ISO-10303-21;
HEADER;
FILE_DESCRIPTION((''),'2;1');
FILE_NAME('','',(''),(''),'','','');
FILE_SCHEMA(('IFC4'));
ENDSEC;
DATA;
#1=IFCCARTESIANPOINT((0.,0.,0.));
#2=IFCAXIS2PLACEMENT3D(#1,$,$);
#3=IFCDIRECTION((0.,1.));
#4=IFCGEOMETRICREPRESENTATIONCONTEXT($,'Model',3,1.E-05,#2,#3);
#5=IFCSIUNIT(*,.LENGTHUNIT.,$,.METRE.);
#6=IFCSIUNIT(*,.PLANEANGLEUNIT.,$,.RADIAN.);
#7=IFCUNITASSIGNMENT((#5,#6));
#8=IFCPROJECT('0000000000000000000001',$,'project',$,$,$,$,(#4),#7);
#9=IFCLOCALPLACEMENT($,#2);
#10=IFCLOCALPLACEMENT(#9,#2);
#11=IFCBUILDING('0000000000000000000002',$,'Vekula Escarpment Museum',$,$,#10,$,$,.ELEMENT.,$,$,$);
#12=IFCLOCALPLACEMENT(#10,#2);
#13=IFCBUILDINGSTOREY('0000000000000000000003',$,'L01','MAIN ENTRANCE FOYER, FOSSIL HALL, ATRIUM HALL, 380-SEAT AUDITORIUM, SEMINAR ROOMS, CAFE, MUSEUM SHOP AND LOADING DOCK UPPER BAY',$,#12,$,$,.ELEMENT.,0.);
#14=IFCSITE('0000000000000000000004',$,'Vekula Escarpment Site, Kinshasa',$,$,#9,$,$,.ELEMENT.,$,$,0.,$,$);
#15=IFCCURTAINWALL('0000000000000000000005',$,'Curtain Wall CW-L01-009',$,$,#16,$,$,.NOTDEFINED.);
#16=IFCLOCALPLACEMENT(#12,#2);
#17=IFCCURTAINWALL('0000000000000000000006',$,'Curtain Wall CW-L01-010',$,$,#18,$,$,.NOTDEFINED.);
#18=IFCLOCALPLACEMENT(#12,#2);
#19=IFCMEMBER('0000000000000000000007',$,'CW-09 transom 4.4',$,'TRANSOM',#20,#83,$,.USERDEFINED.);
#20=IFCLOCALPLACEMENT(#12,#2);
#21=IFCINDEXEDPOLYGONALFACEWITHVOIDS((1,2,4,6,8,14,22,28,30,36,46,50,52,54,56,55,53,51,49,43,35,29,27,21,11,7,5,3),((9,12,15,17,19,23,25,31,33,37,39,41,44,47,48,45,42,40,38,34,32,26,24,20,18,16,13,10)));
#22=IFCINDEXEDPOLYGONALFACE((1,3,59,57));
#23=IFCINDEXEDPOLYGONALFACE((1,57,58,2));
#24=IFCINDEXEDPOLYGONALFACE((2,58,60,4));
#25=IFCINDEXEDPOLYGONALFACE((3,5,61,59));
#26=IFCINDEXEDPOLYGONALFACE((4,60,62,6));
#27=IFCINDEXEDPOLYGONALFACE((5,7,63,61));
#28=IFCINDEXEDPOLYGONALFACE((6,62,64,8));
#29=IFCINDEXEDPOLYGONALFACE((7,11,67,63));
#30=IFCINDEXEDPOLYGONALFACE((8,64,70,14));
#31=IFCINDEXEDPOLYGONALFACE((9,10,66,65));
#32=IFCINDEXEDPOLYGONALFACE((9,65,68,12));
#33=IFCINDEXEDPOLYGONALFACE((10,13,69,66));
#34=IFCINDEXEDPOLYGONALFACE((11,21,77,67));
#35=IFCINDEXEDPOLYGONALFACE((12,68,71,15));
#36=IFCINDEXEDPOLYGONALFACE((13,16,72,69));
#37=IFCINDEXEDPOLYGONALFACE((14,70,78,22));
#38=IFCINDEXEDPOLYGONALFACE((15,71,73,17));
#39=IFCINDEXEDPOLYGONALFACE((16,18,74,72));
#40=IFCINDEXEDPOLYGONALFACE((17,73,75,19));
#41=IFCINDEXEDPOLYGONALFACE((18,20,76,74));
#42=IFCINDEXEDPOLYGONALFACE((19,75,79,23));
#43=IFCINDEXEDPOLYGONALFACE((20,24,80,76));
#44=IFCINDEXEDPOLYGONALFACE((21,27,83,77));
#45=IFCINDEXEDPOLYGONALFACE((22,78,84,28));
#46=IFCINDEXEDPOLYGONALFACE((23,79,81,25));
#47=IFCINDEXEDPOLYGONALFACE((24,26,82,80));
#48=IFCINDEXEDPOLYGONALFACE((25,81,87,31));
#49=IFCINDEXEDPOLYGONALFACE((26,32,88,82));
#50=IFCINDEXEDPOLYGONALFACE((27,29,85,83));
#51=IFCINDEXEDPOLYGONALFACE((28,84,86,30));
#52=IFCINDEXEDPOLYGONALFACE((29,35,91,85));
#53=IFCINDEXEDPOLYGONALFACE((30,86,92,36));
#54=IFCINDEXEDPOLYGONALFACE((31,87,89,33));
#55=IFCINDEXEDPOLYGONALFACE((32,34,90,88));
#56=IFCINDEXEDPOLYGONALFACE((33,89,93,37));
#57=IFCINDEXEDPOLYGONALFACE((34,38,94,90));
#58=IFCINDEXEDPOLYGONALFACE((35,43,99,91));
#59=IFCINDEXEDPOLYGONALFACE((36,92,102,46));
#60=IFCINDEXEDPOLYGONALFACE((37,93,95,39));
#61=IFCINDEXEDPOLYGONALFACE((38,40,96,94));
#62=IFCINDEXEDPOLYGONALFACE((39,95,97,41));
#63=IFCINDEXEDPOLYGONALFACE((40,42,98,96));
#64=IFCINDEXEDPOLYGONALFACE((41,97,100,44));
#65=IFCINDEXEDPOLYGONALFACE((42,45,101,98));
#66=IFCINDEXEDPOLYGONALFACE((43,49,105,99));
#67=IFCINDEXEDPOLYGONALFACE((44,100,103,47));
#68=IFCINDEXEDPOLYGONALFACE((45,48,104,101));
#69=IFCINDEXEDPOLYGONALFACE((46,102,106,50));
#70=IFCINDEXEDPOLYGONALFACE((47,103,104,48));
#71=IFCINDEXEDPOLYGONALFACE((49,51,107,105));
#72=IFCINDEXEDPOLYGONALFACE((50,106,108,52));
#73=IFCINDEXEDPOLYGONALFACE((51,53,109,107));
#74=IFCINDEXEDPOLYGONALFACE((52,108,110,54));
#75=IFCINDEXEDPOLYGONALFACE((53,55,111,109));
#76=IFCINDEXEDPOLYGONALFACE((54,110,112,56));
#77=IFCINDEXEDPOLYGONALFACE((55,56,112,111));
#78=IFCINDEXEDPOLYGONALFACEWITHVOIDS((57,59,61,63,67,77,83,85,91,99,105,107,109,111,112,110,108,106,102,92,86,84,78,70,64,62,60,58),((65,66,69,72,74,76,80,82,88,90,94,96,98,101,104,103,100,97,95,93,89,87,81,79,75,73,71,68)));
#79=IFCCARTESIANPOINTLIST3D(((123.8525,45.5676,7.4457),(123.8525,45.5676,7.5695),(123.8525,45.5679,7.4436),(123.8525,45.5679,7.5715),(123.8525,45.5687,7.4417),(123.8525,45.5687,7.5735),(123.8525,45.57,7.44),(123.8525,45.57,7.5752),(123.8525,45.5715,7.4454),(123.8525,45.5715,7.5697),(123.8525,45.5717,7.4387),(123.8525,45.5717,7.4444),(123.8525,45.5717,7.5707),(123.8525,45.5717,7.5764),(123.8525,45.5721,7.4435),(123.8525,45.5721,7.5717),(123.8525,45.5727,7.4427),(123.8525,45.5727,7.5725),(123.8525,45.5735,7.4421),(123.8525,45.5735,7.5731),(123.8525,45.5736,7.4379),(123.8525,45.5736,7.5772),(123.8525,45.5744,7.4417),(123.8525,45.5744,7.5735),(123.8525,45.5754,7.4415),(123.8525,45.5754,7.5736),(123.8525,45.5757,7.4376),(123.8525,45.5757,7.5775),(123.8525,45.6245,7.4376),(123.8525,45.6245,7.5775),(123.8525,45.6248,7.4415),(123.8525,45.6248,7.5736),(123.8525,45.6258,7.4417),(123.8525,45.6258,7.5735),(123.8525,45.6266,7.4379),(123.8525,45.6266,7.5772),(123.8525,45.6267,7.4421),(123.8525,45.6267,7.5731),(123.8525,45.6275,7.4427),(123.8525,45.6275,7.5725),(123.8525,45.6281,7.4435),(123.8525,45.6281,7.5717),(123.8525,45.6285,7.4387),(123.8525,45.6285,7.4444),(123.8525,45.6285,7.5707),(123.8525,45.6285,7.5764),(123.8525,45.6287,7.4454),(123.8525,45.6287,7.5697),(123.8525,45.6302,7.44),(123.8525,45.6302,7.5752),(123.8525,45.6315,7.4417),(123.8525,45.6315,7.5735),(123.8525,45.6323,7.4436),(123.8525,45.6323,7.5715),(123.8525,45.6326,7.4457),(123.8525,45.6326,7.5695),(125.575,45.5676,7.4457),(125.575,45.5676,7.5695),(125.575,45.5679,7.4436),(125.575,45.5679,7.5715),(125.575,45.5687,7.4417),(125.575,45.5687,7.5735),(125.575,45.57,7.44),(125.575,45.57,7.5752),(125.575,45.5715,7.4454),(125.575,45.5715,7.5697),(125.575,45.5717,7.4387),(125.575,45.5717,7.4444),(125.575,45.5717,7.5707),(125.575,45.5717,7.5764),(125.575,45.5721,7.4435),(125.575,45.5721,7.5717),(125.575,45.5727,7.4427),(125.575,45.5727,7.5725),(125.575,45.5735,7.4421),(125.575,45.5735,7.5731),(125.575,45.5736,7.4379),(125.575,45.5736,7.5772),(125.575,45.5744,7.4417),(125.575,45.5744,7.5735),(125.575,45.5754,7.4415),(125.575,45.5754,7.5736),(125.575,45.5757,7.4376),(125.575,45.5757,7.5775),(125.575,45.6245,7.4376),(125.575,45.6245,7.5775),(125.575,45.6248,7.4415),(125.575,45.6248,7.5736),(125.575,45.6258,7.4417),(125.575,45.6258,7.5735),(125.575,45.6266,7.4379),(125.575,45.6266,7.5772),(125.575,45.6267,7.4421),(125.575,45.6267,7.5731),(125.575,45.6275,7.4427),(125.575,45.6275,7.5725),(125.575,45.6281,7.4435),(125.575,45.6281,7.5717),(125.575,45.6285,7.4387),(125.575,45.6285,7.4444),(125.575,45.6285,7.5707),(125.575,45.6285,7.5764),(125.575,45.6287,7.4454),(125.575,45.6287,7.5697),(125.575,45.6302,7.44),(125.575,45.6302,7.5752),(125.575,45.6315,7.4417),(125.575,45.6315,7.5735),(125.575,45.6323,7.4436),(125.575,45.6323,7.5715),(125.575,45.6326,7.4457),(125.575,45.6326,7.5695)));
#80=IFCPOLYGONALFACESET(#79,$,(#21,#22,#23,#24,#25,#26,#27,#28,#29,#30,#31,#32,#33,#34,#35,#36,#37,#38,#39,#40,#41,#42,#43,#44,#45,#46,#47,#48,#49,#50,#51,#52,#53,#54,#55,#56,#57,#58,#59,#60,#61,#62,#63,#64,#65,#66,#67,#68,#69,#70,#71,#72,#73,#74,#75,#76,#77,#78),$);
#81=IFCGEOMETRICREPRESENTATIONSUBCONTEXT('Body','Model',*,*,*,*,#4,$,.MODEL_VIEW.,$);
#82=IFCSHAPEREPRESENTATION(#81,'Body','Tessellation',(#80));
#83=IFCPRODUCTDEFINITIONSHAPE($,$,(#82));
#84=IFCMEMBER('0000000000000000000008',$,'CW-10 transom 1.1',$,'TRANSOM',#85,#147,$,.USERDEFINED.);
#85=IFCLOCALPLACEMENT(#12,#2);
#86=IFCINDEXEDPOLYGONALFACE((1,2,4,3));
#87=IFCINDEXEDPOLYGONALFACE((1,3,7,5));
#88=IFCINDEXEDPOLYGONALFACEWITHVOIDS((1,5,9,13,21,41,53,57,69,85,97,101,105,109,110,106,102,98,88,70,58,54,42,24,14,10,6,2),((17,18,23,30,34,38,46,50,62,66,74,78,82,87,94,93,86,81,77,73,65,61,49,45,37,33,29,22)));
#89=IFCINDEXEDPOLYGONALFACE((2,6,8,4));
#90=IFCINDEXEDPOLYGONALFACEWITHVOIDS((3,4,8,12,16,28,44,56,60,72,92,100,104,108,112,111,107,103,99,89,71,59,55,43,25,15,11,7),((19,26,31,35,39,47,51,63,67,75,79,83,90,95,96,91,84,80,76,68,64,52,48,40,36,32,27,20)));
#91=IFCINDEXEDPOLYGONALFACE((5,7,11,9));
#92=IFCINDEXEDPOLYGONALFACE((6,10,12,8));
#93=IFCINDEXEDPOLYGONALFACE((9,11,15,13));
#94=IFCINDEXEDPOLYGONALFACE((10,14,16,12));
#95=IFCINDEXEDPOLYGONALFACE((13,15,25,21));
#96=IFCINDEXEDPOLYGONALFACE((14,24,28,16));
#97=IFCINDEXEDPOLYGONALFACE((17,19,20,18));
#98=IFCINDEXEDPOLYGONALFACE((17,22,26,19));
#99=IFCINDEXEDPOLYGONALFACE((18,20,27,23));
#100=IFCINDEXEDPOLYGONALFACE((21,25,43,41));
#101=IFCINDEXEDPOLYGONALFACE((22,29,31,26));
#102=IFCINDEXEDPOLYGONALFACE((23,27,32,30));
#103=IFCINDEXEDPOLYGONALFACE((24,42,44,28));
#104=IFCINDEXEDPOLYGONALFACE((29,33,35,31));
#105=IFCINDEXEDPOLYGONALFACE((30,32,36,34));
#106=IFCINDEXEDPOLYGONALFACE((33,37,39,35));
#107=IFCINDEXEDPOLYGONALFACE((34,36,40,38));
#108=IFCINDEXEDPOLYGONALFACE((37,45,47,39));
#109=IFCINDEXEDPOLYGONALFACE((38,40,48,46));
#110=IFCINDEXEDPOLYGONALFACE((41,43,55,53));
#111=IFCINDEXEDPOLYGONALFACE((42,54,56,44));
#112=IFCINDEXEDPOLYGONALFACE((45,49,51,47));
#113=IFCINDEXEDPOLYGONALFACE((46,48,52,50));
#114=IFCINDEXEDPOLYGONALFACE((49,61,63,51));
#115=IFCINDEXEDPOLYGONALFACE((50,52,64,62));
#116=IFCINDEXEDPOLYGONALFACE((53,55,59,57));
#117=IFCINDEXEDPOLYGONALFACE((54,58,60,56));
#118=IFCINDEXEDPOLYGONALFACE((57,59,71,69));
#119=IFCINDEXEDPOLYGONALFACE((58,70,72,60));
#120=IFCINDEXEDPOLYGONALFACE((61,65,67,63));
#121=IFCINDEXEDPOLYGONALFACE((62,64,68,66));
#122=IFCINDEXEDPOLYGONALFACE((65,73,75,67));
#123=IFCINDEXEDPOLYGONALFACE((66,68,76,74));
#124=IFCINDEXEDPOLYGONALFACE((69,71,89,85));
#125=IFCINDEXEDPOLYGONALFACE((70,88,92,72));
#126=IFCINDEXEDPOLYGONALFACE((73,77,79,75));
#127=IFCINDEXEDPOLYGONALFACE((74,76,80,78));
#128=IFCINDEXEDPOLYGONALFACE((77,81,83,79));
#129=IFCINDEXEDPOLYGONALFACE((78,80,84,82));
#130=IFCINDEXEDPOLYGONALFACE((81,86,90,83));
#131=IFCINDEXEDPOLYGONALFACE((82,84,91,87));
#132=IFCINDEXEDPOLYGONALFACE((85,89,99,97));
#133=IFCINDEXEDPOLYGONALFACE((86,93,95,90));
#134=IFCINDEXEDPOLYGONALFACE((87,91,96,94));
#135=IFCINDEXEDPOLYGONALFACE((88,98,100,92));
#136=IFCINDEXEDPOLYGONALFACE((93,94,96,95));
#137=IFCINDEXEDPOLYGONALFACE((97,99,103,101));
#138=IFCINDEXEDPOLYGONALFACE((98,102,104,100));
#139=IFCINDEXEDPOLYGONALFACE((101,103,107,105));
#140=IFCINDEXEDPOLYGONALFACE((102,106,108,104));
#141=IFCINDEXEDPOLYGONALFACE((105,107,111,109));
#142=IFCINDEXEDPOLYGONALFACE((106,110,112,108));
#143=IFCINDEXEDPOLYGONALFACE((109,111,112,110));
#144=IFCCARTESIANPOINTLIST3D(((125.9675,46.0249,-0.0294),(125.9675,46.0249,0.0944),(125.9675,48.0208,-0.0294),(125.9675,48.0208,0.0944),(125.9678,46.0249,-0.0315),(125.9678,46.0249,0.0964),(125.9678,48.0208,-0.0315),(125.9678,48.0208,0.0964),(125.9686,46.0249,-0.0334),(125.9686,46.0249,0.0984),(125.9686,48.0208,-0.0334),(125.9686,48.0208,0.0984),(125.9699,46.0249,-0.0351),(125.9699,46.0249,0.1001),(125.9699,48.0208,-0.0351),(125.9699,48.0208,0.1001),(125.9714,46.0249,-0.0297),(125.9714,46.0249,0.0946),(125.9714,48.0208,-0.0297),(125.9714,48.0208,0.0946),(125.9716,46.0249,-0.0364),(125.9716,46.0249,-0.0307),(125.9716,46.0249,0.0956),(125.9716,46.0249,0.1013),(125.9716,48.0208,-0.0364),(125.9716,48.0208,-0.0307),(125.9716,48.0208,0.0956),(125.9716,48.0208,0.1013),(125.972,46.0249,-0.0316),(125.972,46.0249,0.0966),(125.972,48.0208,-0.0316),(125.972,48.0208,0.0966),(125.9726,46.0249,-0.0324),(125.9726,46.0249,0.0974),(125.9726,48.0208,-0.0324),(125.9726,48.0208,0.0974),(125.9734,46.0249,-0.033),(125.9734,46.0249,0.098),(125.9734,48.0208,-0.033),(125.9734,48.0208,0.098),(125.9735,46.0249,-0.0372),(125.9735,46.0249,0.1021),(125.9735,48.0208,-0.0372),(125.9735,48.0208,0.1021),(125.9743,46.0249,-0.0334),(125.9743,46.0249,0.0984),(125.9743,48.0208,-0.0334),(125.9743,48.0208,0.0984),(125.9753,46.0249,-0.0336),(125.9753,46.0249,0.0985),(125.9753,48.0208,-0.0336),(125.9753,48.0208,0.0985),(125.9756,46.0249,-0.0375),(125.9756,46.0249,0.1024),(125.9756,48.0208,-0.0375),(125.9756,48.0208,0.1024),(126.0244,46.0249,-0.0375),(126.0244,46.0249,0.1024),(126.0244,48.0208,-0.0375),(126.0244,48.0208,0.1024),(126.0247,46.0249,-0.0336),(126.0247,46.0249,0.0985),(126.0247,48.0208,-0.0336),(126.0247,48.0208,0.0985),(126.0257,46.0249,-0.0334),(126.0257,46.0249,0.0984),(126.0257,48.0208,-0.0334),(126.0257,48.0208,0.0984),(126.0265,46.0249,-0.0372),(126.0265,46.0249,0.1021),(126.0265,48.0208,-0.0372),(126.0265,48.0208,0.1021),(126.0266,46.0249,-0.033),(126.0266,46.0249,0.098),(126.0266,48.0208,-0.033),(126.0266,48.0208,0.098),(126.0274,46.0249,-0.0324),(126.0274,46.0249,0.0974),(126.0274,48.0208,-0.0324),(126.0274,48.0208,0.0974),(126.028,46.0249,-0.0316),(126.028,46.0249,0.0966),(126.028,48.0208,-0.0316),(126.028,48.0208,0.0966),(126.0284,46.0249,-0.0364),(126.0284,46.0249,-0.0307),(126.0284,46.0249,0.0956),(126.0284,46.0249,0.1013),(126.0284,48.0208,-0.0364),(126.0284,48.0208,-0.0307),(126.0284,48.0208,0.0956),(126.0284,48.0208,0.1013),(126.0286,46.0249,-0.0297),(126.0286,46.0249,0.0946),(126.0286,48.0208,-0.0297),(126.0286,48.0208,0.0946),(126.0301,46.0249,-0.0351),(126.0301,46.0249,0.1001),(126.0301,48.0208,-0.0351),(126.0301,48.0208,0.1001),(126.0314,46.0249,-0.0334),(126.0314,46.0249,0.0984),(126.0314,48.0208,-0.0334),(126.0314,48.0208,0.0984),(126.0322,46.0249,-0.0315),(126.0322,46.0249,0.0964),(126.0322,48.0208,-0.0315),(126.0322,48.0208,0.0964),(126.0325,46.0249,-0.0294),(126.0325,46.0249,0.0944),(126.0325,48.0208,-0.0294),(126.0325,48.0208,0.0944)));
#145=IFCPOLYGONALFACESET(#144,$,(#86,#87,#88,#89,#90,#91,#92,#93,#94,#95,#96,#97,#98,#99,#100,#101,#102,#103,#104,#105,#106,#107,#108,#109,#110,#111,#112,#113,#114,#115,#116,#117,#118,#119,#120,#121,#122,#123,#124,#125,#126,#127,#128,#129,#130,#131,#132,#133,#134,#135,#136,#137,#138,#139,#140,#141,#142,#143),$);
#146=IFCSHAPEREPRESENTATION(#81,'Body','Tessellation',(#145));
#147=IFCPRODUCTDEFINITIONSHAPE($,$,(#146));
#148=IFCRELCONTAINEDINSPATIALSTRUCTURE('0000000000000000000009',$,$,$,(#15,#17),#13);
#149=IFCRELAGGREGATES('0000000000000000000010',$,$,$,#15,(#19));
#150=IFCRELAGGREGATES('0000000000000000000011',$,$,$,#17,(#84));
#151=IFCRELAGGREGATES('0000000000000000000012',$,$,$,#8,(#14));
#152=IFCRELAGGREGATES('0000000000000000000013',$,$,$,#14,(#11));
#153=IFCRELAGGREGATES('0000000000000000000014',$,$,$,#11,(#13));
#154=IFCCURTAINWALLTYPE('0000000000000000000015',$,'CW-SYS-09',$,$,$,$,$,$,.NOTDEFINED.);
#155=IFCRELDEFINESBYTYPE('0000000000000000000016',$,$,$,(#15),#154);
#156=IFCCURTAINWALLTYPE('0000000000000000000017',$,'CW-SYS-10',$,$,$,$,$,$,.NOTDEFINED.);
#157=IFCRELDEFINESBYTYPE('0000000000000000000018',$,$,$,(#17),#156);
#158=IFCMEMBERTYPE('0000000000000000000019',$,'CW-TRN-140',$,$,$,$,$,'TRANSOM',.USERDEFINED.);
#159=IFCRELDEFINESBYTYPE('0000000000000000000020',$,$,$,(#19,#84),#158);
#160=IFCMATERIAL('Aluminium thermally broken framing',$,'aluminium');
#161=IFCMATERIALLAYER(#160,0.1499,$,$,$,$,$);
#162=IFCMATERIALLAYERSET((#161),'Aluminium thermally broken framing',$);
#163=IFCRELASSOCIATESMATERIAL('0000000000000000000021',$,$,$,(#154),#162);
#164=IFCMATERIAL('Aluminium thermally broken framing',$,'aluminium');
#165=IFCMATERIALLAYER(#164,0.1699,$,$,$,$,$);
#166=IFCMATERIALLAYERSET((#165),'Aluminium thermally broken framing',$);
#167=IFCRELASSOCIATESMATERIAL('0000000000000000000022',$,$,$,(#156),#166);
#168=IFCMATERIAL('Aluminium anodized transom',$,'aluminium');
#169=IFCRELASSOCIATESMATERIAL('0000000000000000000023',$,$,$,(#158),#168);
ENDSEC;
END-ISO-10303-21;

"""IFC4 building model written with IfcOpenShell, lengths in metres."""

from ifc_helpers import new_model, si_unit, direction, frame, origin, origin_2d, place, context, subcontext, project, spatial, hollow_rectangle, extrude, material, layer, layer_set, material_profile, profile_set, type_object, element, aggregate, save


model = new_model("IFC4")

# Units and contexts
model_context = context("Model", 3, precision=1e-05, world=origin(), true_north=direction((0.0, 1.0)))
body_context = subcontext(model_context, "Body", "Model", "MODEL_VIEW")
ifc_project = project(units=[si_unit("LENGTHUNIT", "METRE"), si_unit("PLANEANGLEUNIT", "RADIAN")], contexts=[model_context])

# Site, building, storey
site_placement = place(None, origin())
site = spatial("IfcSite", under=ifc_project, at=site_placement, Name="Vekula Escarpment Site, Kinshasa", CompositionType="ELEMENT", RefElevation=0.0)
building_placement = place(site_placement, origin())
building = spatial("IfcBuilding", under=site, at=building_placement, Name="Vekula Escarpment Museum", CompositionType="ELEMENT")
storey_placement = place(building_placement, origin())
storey = spatial("IfcBuildingStorey", under=building, at=storey_placement, Name="L01", Description="MAIN ENTRANCE FOYER, FOSSIL HALL, ATRIUM HALL, 380-SEAT AUDITORIUM, SEMINAR ROOMS, CAFE, MUSEUM SHOP AND LOADING DOCK UPPER BAY", CompositionType="ELEMENT", Elevation=0.0)

# Curtain walls
ifc_material_1 = material(Name="Aluminium thermally broken framing", Category="aluminium")
ifc_layer_1 = layer(ifc_material_1, 0.1499)
ifc_layer_set_1 = layer_set([ifc_layer_1], Name="Aluminium thermally broken framing")
curtain_wall_type_1 = type_object("IfcCurtainWallType", Name="CW-SYS-09", PredefinedType="NOTDEFINED", material=ifc_layer_set_1)
curtain_wall_1_placement = place(storey_placement, origin())
curtain_wall_1 = element("IfcCurtainWall", 1, at=curtain_wall_1_placement, inside=storey, type_object=curtain_wall_type_1, Name="Curtain Wall CW-L01-009", PredefinedType="NOTDEFINED")
ifc_material_2 = material(Name="Aluminium thermally broken framing", Category="aluminium")
ifc_layer_2 = layer(ifc_material_2, 0.1699)
ifc_layer_set_2 = layer_set([ifc_layer_2], Name="Aluminium thermally broken framing")
curtain_wall_type_2 = type_object("IfcCurtainWallType", Name="CW-SYS-10", PredefinedType="NOTDEFINED", material=ifc_layer_set_2)
curtain_wall_2_placement = place(storey_placement, origin())
curtain_wall_2 = element("IfcCurtainWall", 2, at=curtain_wall_2_placement, inside=storey, type_object=curtain_wall_type_2, Name="Curtain Wall CW-L01-010", PredefinedType="NOTDEFINED")

# Members
ifc_material_3 = material(Name="Aluminium anodized transom", Category="aluminium")
ifc_material_profile_1 = material_profile(ifc_material_3, hollow_rectangle(XDim=0.0649, YDim=0.1399, WallThickness=0.0039, InnerFilletRadius=0.0039, OuterFilletRadius=0.0081, at=origin_2d()), Name="ALU 140x65x4")
ifc_profile_set_1 = profile_set([ifc_material_profile_1], Name="Aluminium anodized transom")
member_type_1 = type_object("IfcMemberType", Name="CW-TRN-140", ElementType="TRANSOM", PredefinedType="USERDEFINED", material=ifc_profile_set_1)
member_1_placement = place(storey_placement, frame((123.8525, 45.6001, 7.5076), z_axis=(1.0, 0.0, 0.0), x_axis=(0.0, 1.0, 0.0)))
member_1 = element("IfcMember", 3, at=member_1_placement, type_object=member_type_1, Name="CW-09 transom 4.4", ObjectType="TRANSOM", PredefinedType="USERDEFINED", context=body_context, shape_type="SweptSolid", body=[
    extrude(hollow_rectangle(XDim=0.0649, YDim=0.1399, WallThickness=0.0039, InnerFilletRadius=0.0039, OuterFilletRadius=0.0081, at=origin_2d()), origin(), (0.0, 0.0, 1.0), 1.7224),
])
member_2_placement = place(storey_placement, frame((126.0, 46.0249, 0.0325), z_axis=(0.0, 1.0, 0.0), x_axis=(-1.0, 0.0, 0.0)))
member_2 = element("IfcMember", 4, at=member_2_placement, type_object=member_type_1, Name="CW-10 transom 1.1", ObjectType="TRANSOM", PredefinedType="USERDEFINED", context=body_context, shape_type="SweptSolid", body=[
    extrude(hollow_rectangle(XDim=0.0649, YDim=0.1399, WallThickness=0.0039, InnerFilletRadius=0.0039, OuterFilletRadius=0.0081, at=origin_2d()), origin(), (0.0, 0.0, 1.0), 1.9958),
])

aggregate(curtain_wall_1, [member_1])
aggregate(curtain_wall_2, [member_2])

save(model, "model.ifc")
